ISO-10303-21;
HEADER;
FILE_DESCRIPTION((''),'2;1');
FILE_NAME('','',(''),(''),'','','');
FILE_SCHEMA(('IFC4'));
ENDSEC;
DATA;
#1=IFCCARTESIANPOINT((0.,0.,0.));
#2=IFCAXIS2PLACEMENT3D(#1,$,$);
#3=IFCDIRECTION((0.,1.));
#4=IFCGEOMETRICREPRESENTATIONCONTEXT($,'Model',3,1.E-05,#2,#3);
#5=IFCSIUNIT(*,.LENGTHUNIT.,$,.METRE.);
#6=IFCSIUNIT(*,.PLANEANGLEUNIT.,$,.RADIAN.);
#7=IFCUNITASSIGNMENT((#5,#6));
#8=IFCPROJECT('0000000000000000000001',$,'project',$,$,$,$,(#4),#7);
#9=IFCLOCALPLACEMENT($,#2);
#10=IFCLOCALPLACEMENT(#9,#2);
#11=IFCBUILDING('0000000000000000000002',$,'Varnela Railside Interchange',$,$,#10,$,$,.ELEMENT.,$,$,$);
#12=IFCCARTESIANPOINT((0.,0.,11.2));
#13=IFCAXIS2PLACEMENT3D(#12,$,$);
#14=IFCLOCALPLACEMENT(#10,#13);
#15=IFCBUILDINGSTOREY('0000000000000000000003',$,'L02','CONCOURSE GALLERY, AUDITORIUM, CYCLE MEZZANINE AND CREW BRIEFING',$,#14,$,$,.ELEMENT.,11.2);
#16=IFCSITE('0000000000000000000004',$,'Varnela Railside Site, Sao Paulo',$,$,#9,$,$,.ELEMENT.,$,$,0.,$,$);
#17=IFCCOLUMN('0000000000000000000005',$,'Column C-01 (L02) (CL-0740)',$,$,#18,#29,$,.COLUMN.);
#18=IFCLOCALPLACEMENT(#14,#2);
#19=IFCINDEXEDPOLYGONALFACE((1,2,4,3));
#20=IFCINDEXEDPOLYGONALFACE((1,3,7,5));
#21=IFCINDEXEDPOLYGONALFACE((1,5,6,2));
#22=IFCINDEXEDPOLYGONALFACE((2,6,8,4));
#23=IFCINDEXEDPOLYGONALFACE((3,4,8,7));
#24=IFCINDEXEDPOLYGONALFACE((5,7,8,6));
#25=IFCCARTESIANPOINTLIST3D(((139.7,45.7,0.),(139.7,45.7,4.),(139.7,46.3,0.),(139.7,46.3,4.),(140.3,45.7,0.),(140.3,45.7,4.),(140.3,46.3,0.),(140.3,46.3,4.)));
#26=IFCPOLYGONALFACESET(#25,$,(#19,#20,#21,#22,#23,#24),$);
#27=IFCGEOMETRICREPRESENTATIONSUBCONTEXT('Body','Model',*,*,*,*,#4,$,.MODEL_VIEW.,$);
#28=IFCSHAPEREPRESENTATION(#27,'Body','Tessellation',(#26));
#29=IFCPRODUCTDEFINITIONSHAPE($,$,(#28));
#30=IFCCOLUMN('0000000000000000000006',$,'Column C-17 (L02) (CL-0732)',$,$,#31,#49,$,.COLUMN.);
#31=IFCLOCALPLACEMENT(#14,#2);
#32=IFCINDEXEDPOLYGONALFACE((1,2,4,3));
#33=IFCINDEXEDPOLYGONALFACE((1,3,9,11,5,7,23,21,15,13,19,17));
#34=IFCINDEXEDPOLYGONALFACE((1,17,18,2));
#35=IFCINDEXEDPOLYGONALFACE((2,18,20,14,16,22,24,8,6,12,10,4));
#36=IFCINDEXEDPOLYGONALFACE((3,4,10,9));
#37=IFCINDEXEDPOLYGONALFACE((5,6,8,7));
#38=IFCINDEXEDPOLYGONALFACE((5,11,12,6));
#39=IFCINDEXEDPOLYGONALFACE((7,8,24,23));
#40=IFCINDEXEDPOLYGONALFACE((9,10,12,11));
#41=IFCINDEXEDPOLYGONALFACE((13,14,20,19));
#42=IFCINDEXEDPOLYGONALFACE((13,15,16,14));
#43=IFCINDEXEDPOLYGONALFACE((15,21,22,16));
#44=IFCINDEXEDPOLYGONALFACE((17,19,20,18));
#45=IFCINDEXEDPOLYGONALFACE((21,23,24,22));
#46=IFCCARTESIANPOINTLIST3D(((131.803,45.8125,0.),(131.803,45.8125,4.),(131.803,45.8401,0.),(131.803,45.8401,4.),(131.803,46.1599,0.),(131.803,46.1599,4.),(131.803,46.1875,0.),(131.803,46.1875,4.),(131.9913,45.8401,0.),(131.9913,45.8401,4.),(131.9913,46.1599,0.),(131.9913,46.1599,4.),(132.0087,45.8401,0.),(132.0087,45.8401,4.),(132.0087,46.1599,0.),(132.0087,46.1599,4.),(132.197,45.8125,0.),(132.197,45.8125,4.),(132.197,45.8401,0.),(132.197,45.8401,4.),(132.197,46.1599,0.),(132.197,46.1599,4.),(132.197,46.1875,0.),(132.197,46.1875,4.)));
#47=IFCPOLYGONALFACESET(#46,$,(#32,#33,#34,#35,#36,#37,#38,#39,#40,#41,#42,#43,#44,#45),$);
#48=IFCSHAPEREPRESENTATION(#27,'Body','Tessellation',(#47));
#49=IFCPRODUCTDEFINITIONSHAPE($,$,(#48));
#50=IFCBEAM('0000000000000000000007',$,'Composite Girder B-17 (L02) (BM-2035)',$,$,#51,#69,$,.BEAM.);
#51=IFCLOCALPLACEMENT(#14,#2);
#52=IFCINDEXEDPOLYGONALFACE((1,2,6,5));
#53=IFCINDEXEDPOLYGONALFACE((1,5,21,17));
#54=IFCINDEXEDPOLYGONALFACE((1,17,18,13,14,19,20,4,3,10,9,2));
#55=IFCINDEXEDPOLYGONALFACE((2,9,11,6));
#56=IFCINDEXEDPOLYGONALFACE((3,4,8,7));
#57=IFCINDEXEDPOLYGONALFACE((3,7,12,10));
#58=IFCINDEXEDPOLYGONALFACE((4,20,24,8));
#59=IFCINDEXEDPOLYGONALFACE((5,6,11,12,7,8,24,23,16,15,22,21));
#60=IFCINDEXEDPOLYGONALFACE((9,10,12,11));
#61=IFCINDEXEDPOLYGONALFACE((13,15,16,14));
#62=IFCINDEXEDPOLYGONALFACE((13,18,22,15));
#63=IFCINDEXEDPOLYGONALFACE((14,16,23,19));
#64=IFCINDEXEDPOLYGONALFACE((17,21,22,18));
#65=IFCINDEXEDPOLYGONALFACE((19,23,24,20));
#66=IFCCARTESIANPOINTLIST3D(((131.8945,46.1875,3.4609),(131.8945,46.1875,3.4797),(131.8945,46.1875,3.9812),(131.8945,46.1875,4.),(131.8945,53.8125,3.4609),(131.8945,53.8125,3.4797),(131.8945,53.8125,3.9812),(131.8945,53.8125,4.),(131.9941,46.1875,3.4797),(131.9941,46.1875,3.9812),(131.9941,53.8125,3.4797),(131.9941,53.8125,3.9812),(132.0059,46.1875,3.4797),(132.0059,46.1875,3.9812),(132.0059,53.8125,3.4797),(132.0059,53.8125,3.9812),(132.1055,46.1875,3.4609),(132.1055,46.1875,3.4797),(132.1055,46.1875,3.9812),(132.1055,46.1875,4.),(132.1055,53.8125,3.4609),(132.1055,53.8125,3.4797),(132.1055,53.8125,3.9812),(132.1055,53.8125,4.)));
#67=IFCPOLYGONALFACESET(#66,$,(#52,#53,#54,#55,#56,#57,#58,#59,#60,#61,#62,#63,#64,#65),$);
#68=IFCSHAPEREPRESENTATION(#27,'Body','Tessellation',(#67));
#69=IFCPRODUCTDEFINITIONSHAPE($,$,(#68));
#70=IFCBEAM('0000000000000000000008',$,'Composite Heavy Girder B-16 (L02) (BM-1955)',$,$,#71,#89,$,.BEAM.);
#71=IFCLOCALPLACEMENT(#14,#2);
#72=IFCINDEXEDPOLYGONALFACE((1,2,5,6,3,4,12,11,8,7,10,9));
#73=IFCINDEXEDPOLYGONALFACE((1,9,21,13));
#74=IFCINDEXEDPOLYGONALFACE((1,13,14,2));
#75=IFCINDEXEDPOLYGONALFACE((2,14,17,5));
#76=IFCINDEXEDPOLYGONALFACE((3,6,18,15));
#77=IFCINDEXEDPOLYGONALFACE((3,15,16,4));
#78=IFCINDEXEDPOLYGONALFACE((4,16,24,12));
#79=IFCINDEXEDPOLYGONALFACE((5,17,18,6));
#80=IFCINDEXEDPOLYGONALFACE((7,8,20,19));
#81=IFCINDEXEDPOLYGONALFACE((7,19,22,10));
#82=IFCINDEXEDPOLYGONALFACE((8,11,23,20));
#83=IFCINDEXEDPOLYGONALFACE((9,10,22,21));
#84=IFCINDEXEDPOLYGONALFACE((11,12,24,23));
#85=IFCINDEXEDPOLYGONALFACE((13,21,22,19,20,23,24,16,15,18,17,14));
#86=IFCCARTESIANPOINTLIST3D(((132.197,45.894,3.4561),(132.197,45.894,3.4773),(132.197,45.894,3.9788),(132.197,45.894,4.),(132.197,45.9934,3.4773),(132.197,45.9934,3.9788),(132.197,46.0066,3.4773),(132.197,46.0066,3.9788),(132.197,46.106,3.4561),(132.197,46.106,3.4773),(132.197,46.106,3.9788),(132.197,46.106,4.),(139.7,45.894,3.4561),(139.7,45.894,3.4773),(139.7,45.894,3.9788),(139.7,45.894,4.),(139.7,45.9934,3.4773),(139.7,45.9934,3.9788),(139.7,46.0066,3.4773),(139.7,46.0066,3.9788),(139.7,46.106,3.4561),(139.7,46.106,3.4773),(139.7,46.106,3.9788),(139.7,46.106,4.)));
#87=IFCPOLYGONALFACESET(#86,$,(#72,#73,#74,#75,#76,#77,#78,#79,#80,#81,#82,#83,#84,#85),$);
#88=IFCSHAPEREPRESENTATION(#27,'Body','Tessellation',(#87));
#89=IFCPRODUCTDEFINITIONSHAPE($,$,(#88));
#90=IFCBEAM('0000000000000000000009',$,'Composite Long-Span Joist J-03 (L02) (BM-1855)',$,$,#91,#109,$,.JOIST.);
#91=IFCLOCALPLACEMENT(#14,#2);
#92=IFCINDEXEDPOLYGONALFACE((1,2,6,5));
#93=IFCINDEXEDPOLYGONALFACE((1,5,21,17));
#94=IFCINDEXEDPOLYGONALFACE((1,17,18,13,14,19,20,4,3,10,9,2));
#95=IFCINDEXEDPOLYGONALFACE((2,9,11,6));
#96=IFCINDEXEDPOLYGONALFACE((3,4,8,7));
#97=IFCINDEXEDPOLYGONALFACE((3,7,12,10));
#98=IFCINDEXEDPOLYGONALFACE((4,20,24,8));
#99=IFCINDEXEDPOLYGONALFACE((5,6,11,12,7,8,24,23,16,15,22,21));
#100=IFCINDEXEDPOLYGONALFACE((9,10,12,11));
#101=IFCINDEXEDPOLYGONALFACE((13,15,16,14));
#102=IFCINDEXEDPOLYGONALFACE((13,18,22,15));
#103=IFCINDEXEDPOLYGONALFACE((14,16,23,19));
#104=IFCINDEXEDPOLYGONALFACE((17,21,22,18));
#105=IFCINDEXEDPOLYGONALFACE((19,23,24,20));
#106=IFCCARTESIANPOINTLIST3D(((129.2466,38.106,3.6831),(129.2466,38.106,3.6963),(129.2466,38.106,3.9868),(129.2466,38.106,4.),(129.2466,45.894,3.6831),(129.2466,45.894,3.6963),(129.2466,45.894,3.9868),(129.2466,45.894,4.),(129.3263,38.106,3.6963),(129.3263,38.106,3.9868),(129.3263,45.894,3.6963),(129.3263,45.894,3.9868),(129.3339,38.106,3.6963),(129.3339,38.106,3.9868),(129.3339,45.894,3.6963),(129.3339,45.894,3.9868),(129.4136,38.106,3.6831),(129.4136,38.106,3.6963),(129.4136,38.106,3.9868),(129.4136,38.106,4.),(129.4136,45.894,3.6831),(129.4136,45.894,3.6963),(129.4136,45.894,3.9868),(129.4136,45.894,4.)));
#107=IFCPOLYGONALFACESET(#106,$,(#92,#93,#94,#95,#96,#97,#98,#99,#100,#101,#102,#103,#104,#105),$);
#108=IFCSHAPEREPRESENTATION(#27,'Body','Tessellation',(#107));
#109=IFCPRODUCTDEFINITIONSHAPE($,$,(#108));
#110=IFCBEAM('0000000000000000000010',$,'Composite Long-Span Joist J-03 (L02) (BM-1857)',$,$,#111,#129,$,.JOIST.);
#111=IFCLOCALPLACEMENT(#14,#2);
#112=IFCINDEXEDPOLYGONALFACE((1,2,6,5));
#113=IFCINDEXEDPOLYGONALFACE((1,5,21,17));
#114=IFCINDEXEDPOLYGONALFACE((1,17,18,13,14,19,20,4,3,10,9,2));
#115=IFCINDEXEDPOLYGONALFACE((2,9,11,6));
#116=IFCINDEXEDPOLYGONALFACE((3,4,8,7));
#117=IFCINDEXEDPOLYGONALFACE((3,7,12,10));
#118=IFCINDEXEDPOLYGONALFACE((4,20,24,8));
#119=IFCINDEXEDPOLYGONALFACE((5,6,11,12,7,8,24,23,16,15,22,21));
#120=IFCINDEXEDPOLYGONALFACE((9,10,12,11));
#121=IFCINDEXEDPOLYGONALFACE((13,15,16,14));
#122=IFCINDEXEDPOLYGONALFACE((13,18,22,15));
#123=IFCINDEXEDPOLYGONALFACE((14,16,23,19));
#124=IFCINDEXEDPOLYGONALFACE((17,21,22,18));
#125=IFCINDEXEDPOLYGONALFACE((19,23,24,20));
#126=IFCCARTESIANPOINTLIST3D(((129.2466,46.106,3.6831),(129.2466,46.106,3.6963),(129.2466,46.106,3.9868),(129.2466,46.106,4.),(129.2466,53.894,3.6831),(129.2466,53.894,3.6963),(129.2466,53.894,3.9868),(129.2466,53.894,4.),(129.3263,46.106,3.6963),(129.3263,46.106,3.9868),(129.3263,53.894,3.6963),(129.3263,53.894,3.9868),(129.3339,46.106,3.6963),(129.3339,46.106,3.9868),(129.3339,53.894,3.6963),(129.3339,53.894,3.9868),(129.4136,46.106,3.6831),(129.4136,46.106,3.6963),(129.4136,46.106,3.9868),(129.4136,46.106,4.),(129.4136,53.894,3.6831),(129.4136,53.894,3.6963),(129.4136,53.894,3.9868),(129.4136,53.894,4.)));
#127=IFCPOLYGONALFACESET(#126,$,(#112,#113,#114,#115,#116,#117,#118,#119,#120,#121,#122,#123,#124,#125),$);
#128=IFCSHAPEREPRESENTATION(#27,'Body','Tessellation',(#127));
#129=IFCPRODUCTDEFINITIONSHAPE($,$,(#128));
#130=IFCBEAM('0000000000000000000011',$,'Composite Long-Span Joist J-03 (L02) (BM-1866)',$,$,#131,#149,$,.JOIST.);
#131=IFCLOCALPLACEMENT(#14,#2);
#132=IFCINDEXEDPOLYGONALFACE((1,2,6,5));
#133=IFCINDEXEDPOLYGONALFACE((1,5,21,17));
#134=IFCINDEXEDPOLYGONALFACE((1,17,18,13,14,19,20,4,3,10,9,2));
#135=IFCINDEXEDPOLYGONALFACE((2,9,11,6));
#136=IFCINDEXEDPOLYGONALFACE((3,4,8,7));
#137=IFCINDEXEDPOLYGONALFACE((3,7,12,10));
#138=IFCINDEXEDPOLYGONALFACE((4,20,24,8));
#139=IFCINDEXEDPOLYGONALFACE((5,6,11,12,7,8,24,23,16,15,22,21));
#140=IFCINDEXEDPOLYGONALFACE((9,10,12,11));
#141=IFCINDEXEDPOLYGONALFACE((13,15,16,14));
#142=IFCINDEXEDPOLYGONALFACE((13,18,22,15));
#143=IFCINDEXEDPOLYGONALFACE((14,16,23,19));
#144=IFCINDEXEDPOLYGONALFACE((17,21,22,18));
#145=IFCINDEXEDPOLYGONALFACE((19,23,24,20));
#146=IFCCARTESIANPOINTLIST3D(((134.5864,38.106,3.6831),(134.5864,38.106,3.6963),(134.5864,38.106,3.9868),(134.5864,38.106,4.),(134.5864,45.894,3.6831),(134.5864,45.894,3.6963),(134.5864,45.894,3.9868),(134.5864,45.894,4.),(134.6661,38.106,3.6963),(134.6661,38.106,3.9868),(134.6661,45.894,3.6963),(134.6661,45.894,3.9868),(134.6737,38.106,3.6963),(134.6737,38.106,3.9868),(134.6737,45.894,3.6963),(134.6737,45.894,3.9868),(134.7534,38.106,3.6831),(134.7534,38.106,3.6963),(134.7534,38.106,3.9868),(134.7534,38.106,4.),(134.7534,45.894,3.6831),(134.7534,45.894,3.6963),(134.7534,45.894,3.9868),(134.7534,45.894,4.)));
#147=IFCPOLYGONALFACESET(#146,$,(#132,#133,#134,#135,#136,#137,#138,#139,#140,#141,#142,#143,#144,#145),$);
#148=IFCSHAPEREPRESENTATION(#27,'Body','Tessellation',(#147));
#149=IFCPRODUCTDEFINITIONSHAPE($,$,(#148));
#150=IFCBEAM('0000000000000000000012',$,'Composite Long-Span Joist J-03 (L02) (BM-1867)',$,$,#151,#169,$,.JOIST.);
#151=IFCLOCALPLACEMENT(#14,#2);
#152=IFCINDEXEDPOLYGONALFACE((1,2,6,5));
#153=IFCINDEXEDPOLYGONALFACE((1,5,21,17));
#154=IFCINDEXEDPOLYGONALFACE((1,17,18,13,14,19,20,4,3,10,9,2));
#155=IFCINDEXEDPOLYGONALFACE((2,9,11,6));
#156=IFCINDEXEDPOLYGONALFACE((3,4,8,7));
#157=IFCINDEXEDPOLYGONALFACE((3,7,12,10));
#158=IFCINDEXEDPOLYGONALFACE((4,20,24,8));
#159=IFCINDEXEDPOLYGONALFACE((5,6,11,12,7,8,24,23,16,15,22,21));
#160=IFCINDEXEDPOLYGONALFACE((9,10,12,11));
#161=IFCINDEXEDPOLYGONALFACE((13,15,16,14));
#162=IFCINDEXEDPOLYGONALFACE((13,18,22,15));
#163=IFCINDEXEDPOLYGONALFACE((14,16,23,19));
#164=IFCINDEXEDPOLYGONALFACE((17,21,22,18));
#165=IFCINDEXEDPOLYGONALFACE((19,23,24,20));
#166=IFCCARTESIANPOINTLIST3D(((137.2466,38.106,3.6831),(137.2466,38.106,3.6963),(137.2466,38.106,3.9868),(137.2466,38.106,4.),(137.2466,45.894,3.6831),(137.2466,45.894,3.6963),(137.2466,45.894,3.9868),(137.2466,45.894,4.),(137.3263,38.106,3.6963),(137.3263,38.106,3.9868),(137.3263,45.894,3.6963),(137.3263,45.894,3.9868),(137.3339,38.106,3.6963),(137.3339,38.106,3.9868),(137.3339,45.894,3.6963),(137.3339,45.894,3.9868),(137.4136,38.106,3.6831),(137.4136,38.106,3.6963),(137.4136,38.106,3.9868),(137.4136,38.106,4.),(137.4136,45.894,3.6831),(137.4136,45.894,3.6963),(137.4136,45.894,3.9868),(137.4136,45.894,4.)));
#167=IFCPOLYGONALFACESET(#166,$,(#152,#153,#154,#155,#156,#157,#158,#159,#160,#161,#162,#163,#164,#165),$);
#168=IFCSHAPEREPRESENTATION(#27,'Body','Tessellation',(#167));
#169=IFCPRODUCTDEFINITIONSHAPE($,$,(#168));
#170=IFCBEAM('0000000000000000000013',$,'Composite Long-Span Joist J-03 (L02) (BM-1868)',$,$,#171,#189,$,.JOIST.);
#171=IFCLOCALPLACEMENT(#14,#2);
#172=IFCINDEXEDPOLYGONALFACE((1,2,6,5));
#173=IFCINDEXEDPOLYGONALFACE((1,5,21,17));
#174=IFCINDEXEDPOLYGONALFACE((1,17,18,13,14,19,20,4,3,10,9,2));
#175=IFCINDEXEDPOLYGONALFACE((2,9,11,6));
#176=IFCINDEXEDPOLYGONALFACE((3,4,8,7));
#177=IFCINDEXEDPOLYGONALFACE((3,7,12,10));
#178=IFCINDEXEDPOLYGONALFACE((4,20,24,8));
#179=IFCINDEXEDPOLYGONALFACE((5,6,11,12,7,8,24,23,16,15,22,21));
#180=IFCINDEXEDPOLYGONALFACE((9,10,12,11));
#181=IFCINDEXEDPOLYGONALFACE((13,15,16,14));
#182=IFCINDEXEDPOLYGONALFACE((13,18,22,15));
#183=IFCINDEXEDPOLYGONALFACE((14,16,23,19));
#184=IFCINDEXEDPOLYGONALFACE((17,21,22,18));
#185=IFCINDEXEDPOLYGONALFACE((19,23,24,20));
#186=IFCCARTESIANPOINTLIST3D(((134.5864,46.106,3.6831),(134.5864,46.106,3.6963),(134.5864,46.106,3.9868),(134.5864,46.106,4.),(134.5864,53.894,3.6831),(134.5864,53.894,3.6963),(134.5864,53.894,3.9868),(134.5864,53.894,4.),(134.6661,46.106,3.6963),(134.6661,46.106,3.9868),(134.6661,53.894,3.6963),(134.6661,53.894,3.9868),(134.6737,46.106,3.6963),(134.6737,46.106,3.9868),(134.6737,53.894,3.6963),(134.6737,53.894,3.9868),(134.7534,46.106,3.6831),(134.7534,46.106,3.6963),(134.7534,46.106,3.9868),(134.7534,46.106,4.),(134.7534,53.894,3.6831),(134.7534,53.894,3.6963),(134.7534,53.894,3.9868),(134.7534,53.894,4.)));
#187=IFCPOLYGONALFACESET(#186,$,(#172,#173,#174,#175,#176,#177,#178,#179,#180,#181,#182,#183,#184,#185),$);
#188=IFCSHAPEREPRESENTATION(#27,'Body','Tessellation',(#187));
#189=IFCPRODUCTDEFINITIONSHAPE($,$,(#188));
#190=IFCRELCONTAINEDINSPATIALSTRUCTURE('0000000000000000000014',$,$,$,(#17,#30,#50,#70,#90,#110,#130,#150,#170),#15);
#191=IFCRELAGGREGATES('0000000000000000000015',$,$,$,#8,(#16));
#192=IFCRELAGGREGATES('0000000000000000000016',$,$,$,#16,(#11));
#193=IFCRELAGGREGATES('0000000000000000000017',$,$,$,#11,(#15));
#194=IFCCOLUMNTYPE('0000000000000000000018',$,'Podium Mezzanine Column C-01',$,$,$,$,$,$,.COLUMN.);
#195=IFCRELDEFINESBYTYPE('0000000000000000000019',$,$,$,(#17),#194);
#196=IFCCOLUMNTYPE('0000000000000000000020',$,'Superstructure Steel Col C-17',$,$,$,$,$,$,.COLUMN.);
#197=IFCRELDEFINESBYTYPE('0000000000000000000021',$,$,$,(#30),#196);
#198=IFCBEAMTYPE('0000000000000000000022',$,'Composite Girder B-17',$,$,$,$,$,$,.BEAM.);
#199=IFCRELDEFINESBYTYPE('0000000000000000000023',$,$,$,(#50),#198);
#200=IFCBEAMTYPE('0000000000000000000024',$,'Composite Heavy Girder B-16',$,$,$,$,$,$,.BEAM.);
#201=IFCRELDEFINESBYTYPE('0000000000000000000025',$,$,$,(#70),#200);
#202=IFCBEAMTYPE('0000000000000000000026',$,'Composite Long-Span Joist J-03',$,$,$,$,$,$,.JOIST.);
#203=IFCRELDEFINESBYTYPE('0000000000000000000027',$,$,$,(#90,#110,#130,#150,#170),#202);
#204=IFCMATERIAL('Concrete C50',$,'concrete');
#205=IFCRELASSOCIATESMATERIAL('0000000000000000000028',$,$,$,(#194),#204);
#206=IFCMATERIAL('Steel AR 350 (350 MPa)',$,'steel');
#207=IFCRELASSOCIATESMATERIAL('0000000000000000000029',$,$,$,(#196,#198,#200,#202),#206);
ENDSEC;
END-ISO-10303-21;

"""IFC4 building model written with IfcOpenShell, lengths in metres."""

from ifc_helpers import new_model, si_unit, direction, frame, origin, origin_2d, place, context, subcontext, project, spatial, rectangle, i_section, extrude, material, material_profile, profile_set, type_object, element, save


model = new_model("IFC4")

# Units and contexts
model_context = context("Model", 3, precision=1e-05, world=origin(), true_north=direction((0.0, 1.0)))
body_context = subcontext(model_context, "Body", "Model", "MODEL_VIEW")
ifc_project = project(units=[si_unit("LENGTHUNIT", "METRE"), si_unit("PLANEANGLEUNIT", "RADIAN")], contexts=[model_context])

# Site, building, storey
site_placement = place(None, origin())
site = spatial("IfcSite", under=ifc_project, at=site_placement, Name="Varnela Railside Site, Sao Paulo", CompositionType="ELEMENT", RefElevation=0.0)
building_placement = place(site_placement, origin())
building = spatial("IfcBuilding", under=site, at=building_placement, Name="Varnela Railside Interchange", CompositionType="ELEMENT")
storey_placement = place(building_placement, frame((0.0, 0.0, 11.2)))
storey = spatial("IfcBuildingStorey", under=building, at=storey_placement, Name="L02", Description="CONCOURSE GALLERY, AUDITORIUM, CYCLE MEZZANINE AND CREW BRIEFING", CompositionType="ELEMENT", Elevation=11.2)

# Columns
ifc_material_1 = material(Name="Concrete C50", Category="concrete")
ifc_material_profile_1 = material_profile(ifc_material_1, rectangle(XDim=0.6001, YDim=0.6001, at=origin_2d()), Name="RC 600x600")
ifc_profile_set_1 = profile_set([ifc_material_profile_1], Name="Concrete C50")
column_type_1 = type_object("IfcColumnType", Name="Podium Mezzanine Column C-01", PredefinedType="COLUMN", material=ifc_profile_set_1)
column_1_placement = place(storey_placement, frame((140.0, 46.0, 0.0), z_axis=(0.0, 0.0, 1.0), x_axis=(1.0, 0.0, 0.0)))
element("IfcColumn", 1, at=column_1_placement, inside=storey, type_object=column_type_1, Name="Column C-01 (L02) (CL-0740)", PredefinedType="COLUMN", context=body_context, shape_type="SweptSolid", body=[
    extrude(rectangle(XDim=0.6001, YDim=0.6001, at=origin_2d()), origin(), (0.0, 0.0, 1.0), 4.0),
])
ifc_material_2 = material(Name="Steel AR 350 (350 MPa)", Category="steel")
ifc_material_profile_2 = material_profile(ifc_material_2, i_section(OverallWidth=0.394, OverallDepth=0.375, WebThickness=0.0173, FlangeThickness=0.0276, at=origin_2d()), Name="W360x216")
ifc_profile_set_2 = profile_set([ifc_material_profile_2], Name="Steel AR 350 (350 MPa)")
column_type_2 = type_object("IfcColumnType", Name="Superstructure Steel Col C-17", PredefinedType="COLUMN", material=ifc_profile_set_2)
column_2_placement = place(storey_placement, frame((132.0, 46.0, 0.0), z_axis=(0.0, 0.0, 1.0), x_axis=(1.0, 0.0, 0.0)))
element("IfcColumn", 2, at=column_2_placement, inside=storey, type_object=column_type_2, Name="Column C-17 (L02) (CL-0732)", PredefinedType="COLUMN", context=body_context, shape_type="SweptSolid", body=[
    extrude(i_section(OverallWidth=0.394, OverallDepth=0.375, WebThickness=0.0173, FlangeThickness=0.0276, at=origin_2d()), origin(), (0.0, 0.0, 1.0), 4.0),
])

# Beams
ifc_material_profile_3 = material_profile(ifc_material_2, i_section(OverallWidth=0.2109, OverallDepth=0.5391, WebThickness=0.0117, FlangeThickness=0.0188, at=origin_2d()), Name="W530x109")
ifc_profile_set_3 = profile_set([ifc_material_profile_3], Name="Steel AR 350 (350 MPa)")
beam_type_1 = type_object("IfcBeamType", Name="Composite Girder B-17", PredefinedType="BEAM", material=ifc_profile_set_3)
beam_1_placement = place(storey_placement, frame((132.0, 46.1875, 3.7305), z_axis=(0.0, 1.0, 0.0), x_axis=(-1.0, 0.0, 0.0)))
element("IfcBeam", 3, at=beam_1_placement, inside=storey, type_object=beam_type_1, Name="Composite Girder B-17 (L02) (BM-2035)", PredefinedType="BEAM", context=body_context, shape_type="SweptSolid", body=[
    extrude(i_section(OverallWidth=0.2109, OverallDepth=0.5391, WebThickness=0.0117, FlangeThickness=0.0188, at=origin_2d()), origin(), (0.0, 0.0, 1.0), 7.625),
])
ifc_material_profile_4 = material_profile(ifc_material_2, i_section(OverallWidth=0.2119, OverallDepth=0.5439, WebThickness=0.0132, FlangeThickness=0.0212, at=origin_2d()), Name="W530x123")
ifc_profile_set_4 = profile_set([ifc_material_profile_4], Name="Steel AR 350 (350 MPa)")
beam_type_2 = type_object("IfcBeamType", Name="Composite Heavy Girder B-16", PredefinedType="BEAM", material=ifc_profile_set_4)
beam_2_placement = place(storey_placement, frame((132.197, 46.0, 3.728), z_axis=(1.0, 0.0, 0.0), x_axis=(0.0, 1.0, 0.0)))
element("IfcBeam", 4, at=beam_2_placement, inside=storey, type_object=beam_type_2, Name="Composite Heavy Girder B-16 (L02) (BM-1955)", PredefinedType="BEAM", context=body_context, shape_type="SweptSolid", body=[
    extrude(i_section(OverallWidth=0.2119, OverallDepth=0.5439, WebThickness=0.0132, FlangeThickness=0.0212, at=origin_2d()), origin(), (0.0, 0.0, 1.0), 7.5029),
])
ifc_material_profile_5 = material_profile(ifc_material_2, i_section(OverallWidth=0.167, OverallDepth=0.3169, WebThickness=0.0076, FlangeThickness=0.0132, at=origin_2d()), Name="W310x52")
ifc_profile_set_5 = profile_set([ifc_material_profile_5], Name="Steel AR 350 (350 MPa)")
beam_type_3 = type_object("IfcBeamType", Name="Composite Long-Span Joist J-03", PredefinedType="JOIST", material=ifc_profile_set_5)
for number, where, z_axis, x_axis, name in (
    (5, (129.3301, 38.106, 3.8416), (0.0, 1.0, 0.0), (-1.0, 0.0, 0.0), "Composite Long-Span Joist J-03 (L02) (BM-1855)"),
    (6, (129.3301, 46.106, 3.8416), (0.0, 1.0, 0.0), (-1.0, 0.0, 0.0), "Composite Long-Span Joist J-03 (L02) (BM-1857)"),
    (7, (134.6699, 38.106, 3.8416), (0.0, 1.0, 0.0), (-1.0, 0.0, 0.0), "Composite Long-Span Joist J-03 (L02) (BM-1866)"),
    (8, (137.3301, 38.106, 3.8416), (0.0, 1.0, 0.0), (-1.0, 0.0, 0.0), "Composite Long-Span Joist J-03 (L02) (BM-1867)"),
    (9, (134.6699, 46.106, 3.8416), (0.0, 1.0, 0.0), (-1.0, 0.0, 0.0), "Composite Long-Span Joist J-03 (L02) (BM-1868)"),
):
    element("IfcBeam", number, at=place(storey_placement, frame(where, z_axis=z_axis, x_axis=x_axis)), inside=storey, type_object=beam_type_3, Name=name, PredefinedType="JOIST", context=body_context, shape_type="SweptSolid", body=[
        extrude(i_section(OverallWidth=0.167, OverallDepth=0.3169, WebThickness=0.0076, FlangeThickness=0.0132, at=origin_2d()), origin(), (0.0, 0.0, 1.0), 7.7881),
    ])

save(model, "model.ifc")
